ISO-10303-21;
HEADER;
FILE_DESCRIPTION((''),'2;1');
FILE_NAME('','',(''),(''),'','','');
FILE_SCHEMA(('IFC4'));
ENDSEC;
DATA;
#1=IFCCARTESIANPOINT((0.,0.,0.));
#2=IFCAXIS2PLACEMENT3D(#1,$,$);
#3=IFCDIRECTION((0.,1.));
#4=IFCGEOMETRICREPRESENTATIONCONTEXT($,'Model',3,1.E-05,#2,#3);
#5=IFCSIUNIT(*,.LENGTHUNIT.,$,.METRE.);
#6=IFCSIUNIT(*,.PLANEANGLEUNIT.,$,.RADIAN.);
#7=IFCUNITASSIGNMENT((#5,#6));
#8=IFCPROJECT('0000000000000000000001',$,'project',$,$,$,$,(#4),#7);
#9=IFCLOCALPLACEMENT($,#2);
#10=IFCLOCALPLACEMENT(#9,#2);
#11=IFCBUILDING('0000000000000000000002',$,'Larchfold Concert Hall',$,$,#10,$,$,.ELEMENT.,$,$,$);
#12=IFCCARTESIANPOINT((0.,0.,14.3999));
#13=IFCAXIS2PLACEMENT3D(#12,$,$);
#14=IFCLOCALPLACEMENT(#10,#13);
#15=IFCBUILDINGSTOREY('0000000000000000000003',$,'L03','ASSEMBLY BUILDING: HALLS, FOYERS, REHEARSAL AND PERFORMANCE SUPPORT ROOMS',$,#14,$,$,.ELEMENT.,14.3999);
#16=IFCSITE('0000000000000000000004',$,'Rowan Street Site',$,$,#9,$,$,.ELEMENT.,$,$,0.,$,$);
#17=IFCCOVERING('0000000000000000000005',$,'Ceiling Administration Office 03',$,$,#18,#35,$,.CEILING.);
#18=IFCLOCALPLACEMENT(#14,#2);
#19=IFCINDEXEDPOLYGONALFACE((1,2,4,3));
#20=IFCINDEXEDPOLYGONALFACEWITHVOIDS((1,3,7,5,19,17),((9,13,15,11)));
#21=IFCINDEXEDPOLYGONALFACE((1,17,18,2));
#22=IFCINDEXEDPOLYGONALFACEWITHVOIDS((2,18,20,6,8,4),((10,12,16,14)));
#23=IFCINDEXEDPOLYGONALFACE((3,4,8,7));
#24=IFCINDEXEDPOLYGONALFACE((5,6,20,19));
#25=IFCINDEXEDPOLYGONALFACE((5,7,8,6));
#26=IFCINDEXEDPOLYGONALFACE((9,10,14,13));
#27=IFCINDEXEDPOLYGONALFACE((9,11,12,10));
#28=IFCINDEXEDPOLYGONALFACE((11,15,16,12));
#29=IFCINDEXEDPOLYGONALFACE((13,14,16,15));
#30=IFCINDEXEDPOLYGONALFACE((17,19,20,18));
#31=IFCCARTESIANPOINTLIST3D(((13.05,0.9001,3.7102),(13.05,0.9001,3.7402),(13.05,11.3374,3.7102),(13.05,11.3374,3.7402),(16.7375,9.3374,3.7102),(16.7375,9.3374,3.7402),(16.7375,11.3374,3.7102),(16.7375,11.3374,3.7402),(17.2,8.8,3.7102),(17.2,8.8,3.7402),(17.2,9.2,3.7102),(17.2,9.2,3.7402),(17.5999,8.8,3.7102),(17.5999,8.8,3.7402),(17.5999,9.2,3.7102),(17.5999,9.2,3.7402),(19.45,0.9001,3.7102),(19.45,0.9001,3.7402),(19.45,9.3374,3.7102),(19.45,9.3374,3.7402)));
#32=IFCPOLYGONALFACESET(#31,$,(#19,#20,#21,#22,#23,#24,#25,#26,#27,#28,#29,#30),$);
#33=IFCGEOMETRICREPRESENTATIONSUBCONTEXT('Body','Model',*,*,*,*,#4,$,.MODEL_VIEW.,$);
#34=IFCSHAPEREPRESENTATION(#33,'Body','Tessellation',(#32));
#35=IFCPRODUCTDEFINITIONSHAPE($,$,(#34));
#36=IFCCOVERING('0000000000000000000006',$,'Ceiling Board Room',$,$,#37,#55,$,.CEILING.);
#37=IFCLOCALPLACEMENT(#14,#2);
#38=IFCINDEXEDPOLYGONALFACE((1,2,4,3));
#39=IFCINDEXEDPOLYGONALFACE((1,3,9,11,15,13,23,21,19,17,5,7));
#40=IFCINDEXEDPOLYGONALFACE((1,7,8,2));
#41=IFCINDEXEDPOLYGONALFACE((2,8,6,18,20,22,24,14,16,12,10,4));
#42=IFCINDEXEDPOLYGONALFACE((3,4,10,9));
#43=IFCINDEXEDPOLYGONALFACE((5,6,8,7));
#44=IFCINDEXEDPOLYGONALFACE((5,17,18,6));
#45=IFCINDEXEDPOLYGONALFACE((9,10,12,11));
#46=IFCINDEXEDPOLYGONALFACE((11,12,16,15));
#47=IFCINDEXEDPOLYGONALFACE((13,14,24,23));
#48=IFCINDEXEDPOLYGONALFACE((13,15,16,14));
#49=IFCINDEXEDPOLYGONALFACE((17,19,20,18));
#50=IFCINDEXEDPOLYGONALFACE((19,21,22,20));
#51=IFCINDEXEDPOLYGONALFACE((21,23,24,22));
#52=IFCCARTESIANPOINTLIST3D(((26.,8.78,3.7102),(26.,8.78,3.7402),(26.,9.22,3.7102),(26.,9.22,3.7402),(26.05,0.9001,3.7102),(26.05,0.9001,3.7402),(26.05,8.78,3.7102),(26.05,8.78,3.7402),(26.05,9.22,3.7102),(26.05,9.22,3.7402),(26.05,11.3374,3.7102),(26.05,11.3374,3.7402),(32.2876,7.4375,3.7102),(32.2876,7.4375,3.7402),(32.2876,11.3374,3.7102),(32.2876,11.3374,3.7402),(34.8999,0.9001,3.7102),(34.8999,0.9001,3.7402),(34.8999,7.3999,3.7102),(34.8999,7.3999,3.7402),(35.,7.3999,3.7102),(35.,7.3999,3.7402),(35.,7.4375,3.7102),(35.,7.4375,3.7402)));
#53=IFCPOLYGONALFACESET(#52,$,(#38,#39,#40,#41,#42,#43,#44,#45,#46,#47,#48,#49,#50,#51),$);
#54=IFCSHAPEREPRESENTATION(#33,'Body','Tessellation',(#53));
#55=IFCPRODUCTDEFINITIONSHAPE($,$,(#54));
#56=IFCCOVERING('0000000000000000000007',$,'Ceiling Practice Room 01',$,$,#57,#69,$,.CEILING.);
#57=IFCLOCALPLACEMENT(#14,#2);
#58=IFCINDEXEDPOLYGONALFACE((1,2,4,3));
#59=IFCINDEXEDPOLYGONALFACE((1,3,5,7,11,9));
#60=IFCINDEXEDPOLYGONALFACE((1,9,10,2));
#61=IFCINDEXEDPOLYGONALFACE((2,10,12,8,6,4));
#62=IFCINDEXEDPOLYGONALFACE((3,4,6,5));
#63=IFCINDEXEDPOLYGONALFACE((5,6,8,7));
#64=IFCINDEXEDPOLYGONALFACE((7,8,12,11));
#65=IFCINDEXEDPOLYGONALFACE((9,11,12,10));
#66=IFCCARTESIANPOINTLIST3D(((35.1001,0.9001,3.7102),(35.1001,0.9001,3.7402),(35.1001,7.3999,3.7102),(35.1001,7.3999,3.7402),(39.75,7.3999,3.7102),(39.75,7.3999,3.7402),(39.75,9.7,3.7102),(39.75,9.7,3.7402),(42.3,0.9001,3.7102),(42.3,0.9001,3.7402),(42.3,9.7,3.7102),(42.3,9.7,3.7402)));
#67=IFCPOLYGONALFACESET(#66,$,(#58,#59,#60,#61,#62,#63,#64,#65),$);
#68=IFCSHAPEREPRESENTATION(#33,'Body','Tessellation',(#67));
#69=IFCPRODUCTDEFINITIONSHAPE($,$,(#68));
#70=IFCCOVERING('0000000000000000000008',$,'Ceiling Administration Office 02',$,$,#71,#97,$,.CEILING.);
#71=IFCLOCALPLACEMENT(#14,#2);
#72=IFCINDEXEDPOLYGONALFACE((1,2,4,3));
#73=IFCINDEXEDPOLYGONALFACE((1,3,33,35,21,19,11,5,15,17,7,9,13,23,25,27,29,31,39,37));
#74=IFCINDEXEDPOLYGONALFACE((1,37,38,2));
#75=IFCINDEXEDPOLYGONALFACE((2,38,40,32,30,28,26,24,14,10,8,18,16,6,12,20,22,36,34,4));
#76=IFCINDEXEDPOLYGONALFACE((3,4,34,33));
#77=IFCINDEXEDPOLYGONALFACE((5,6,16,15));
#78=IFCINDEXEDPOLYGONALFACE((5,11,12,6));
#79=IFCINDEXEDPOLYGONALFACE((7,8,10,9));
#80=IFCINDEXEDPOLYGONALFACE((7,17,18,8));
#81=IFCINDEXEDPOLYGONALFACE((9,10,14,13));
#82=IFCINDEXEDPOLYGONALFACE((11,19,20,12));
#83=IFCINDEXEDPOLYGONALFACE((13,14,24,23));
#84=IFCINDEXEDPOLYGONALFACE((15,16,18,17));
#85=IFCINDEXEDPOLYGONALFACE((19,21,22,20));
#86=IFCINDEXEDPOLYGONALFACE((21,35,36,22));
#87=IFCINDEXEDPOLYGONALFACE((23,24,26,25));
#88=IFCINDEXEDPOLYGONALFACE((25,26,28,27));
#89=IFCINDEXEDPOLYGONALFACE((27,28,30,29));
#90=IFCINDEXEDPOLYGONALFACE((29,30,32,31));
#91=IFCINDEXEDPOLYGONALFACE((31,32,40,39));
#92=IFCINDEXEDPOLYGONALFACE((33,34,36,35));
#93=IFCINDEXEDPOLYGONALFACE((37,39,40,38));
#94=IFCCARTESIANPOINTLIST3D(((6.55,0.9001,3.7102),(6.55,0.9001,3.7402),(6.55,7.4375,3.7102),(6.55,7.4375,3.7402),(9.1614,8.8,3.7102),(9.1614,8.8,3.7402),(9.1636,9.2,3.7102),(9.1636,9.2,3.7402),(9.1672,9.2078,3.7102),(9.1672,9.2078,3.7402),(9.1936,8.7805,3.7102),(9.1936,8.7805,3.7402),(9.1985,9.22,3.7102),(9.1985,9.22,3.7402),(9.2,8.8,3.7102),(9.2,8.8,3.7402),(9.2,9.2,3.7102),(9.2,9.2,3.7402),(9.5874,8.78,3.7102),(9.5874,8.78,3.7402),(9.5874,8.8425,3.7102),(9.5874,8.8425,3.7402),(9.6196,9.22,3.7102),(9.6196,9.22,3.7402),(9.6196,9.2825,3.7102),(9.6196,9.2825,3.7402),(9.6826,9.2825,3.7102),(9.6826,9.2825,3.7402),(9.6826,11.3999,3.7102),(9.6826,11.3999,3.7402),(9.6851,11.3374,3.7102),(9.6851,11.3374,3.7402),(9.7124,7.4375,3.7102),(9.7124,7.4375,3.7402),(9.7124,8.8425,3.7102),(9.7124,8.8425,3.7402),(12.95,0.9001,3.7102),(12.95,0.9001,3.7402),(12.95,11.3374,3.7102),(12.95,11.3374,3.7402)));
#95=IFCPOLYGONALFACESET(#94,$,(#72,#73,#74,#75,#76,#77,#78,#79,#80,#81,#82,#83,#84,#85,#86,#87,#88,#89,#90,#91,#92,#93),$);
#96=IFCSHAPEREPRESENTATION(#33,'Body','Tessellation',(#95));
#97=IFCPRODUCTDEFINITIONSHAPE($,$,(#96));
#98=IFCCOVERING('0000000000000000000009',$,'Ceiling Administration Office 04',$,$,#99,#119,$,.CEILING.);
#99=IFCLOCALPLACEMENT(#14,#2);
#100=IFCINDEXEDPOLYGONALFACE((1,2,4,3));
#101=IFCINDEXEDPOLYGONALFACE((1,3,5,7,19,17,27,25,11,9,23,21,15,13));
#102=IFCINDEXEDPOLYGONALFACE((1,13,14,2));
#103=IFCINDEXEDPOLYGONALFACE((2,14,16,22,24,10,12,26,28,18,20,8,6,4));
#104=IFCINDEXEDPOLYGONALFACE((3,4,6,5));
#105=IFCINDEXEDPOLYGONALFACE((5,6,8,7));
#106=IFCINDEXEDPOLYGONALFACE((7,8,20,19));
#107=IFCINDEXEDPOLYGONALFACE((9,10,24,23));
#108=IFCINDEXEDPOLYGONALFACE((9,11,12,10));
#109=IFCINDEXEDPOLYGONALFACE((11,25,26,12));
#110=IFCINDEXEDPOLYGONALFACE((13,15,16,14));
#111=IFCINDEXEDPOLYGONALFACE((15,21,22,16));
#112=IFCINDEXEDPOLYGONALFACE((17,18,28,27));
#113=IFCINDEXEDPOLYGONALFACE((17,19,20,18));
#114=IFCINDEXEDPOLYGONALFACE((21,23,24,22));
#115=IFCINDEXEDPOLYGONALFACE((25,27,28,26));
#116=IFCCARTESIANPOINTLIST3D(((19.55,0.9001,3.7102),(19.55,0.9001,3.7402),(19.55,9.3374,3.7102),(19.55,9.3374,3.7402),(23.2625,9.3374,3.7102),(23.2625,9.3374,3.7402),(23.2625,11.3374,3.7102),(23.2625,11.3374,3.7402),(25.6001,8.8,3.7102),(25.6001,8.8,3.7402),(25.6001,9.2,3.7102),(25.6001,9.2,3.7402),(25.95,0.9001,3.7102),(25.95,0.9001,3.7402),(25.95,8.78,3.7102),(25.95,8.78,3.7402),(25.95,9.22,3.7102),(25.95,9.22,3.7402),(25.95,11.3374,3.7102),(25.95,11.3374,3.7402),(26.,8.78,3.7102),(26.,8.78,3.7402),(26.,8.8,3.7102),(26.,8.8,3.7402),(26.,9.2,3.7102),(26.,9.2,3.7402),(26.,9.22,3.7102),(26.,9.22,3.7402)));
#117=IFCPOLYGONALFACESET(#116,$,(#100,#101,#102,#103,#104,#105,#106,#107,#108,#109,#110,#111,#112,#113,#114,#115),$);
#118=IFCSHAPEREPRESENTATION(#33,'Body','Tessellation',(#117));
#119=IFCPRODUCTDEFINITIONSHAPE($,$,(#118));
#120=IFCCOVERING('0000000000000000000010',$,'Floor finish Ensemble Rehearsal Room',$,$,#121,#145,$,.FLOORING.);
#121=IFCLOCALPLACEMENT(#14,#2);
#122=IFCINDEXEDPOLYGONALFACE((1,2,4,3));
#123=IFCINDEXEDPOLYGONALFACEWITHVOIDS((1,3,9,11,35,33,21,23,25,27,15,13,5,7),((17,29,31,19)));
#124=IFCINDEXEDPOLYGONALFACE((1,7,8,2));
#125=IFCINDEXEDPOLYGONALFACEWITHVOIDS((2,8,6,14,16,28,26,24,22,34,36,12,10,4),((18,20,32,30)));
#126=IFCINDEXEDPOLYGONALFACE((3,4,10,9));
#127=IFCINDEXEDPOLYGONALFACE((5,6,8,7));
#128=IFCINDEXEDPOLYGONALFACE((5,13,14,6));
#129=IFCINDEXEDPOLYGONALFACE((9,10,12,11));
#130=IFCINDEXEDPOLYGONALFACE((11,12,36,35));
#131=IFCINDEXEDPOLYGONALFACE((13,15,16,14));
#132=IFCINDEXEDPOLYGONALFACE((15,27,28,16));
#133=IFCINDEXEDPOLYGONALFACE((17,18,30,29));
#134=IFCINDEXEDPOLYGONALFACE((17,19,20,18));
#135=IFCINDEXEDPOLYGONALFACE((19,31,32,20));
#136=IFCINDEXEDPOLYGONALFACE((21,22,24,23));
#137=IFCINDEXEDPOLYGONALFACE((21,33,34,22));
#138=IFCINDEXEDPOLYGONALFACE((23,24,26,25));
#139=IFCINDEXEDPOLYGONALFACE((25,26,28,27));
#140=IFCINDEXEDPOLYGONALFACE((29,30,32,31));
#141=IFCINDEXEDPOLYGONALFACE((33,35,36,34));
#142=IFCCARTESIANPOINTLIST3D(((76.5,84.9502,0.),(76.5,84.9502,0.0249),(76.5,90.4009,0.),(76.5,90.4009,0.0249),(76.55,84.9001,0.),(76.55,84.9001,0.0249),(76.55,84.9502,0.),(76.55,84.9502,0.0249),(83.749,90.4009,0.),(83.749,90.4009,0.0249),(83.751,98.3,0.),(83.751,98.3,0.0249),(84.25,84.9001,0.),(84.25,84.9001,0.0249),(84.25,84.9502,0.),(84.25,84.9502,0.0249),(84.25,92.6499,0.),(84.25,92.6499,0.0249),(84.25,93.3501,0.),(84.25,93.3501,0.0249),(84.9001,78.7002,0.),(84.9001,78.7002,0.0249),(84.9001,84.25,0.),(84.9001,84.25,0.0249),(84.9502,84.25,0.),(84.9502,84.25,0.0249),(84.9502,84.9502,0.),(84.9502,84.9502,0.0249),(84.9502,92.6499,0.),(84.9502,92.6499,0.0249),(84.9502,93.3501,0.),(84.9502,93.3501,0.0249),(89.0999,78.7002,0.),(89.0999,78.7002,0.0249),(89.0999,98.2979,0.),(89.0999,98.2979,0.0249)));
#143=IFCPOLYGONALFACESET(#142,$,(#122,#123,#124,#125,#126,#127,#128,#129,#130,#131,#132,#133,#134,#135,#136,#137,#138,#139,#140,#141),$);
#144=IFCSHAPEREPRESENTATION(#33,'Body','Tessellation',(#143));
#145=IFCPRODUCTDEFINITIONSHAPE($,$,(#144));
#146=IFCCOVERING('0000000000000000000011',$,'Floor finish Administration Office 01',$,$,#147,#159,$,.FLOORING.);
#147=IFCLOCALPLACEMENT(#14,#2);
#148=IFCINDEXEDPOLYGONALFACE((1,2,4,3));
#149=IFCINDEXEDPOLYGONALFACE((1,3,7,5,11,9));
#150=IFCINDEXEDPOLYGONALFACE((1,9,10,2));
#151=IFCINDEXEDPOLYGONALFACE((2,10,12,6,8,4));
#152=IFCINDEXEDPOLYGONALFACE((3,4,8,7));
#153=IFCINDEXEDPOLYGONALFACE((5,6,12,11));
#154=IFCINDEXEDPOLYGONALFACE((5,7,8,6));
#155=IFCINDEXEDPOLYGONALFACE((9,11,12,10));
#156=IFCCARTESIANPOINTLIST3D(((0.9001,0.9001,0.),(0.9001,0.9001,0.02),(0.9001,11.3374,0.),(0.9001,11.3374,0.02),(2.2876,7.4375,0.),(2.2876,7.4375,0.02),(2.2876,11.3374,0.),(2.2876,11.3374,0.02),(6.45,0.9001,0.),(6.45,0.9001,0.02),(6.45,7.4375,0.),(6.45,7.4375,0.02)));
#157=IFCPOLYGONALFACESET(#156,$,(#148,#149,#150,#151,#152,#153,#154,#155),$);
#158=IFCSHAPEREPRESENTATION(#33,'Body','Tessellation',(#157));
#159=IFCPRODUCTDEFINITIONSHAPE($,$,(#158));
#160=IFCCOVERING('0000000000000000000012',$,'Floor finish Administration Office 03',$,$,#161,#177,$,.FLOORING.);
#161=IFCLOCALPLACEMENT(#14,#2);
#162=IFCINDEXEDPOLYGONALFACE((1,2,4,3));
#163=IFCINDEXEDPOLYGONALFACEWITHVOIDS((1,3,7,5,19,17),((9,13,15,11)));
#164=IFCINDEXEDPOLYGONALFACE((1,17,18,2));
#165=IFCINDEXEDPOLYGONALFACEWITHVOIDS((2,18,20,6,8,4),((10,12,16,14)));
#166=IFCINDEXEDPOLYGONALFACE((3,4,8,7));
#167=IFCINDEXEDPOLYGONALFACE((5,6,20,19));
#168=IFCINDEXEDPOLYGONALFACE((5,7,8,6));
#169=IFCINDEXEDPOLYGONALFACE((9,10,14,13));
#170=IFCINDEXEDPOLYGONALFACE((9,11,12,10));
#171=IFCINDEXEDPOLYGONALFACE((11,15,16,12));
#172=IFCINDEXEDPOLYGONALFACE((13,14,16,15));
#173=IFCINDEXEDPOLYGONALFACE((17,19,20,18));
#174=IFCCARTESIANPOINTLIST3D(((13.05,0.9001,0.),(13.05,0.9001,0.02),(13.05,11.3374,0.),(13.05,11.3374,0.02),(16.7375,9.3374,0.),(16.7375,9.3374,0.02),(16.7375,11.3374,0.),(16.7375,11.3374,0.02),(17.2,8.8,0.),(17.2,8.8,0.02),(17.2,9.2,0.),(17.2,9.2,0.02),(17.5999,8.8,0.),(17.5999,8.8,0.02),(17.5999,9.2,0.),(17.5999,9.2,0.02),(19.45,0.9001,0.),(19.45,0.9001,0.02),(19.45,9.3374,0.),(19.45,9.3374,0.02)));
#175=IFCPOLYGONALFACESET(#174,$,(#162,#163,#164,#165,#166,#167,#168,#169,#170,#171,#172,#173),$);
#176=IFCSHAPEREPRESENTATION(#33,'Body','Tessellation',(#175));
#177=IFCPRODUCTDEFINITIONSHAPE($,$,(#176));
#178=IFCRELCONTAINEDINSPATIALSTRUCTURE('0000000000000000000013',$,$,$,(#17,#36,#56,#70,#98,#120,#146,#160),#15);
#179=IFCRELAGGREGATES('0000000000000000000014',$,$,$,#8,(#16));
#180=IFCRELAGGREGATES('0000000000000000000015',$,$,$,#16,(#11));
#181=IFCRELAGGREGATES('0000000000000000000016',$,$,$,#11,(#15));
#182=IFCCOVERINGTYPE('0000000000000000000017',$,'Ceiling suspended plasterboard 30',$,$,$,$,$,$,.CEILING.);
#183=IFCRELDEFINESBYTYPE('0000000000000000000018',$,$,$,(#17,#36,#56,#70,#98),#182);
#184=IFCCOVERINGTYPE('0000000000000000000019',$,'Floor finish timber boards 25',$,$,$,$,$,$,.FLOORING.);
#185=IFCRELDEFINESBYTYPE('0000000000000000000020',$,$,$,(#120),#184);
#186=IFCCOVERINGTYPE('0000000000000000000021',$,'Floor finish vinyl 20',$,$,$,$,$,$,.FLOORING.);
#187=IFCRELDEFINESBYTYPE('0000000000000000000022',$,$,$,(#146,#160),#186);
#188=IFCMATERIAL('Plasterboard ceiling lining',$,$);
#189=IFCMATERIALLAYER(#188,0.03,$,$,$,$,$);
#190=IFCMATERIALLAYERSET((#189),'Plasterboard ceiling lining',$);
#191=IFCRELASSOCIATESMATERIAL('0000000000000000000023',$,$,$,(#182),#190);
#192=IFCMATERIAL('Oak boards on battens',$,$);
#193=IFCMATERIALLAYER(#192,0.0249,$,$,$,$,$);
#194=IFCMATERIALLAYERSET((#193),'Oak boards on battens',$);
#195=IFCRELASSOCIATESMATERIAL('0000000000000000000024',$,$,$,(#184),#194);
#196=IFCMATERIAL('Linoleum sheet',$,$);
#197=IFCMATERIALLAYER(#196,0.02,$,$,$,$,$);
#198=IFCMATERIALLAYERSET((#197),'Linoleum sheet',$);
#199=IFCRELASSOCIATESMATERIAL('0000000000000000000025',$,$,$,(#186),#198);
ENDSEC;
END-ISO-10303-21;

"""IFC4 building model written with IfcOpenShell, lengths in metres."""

from ifc_helpers import new_model, si_unit, direction, frame, origin, place, context, subcontext, project, spatial, polyline, outline, extrude, material, layer, layer_set, type_object, element, save


model = new_model("IFC4")

# Units and contexts
model_context = context("Model", 3, precision=1e-05, world=origin(), true_north=direction((0.0, 1.0)))
body_context = subcontext(model_context, "Body", "Model", "MODEL_VIEW")
ifc_project = project(units=[si_unit("LENGTHUNIT", "METRE"), si_unit("PLANEANGLEUNIT", "RADIAN")], contexts=[model_context])

# Site, building, storey
site_placement = place(None, origin())
site = spatial("IfcSite", under=ifc_project, at=site_placement, Name="Rowan Street Site", CompositionType="ELEMENT", RefElevation=0.0)
building_placement = place(site_placement, origin())
building = spatial("IfcBuilding", under=site, at=building_placement, Name="Larchfold Concert Hall", CompositionType="ELEMENT")
storey_placement = place(building_placement, frame((0.0, 0.0, 14.3999)))
storey = spatial("IfcBuildingStorey", under=building, at=storey_placement, Name="L03", Description="ASSEMBLY BUILDING: HALLS, FOYERS, REHEARSAL AND PERFORMANCE SUPPORT ROOMS", CompositionType="ELEMENT", Elevation=14.3999)

# Coverings
ifc_material_1 = material(Name="Plasterboard ceiling lining")
ifc_layer_1 = layer(ifc_material_1, 0.03)
ifc_layer_set_1 = layer_set([ifc_layer_1], Name="Plasterboard ceiling lining")
covering_type_1 = type_object("IfcCoveringType", Name="Ceiling suspended plasterboard 30", PredefinedType="CEILING", material=ifc_layer_set_1)
covering_1_placement = place(storey_placement, frame((0.0, 0.0, 3.7102)))
element("IfcCovering", 1, at=covering_1_placement, inside=storey, type_object=covering_type_1, Name="Ceiling Administration Office 03", PredefinedType="CEILING", context=body_context, shape_type="SweptSolid", body=[
    extrude(outline(polyline([(13.05, 0.9001), (19.45, 0.9001), (19.45, 9.3374), (16.7375, 9.3374), (16.7375, 11.3374), (13.05, 11.3374), (13.05, 0.9001)]), holes=[polyline([(17.5999, 9.2), (17.5999, 8.8), (17.2, 8.8), (17.2, 9.2), (17.5999, 9.2)])]), origin(), (0.0, 0.0, 1.0), 0.03),
])
covering_2_placement = place(storey_placement, frame((0.0, 0.0, 3.7102)))
element("IfcCovering", 2, at=covering_2_placement, inside=storey, type_object=covering_type_1, Name="Ceiling Board Room", PredefinedType="CEILING", context=body_context, shape_type="SweptSolid", body=[
    extrude(outline(polyline([(26.0, 8.78), (26.05, 8.78), (26.05, 0.9001), (34.8999, 0.9001), (34.8999, 7.3999), (35.0, 7.3999), (35.0, 7.4375), (32.2876, 7.4375), (32.2876, 11.3374), (26.05, 11.3374), (26.05, 9.22), (26.0, 9.22), (26.0, 8.78)])), origin(), (0.0, 0.0, 1.0), 0.03),
])
covering_3_placement = place(storey_placement, frame((0.0, 0.0, 3.7102)))
element("IfcCovering", 3, at=covering_3_placement, inside=storey, type_object=covering_type_1, Name="Ceiling Practice Room 01", PredefinedType="CEILING", context=body_context, shape_type="SweptSolid", body=[
    extrude(outline(polyline([(35.1001, 7.3999), (35.1001, 0.9001), (42.3, 0.9001), (42.3, 9.7), (39.75, 9.7), (39.75, 7.3999), (35.1001, 7.3999)])), origin(), (0.0, 0.0, 1.0), 0.03),
])
covering_4_placement = place(storey_placement, frame((0.0, 0.0, 3.7102)))
element("IfcCovering", 4, at=covering_4_placement, inside=storey, type_object=covering_type_1, Name="Ceiling Administration Office 02", PredefinedType="CEILING", context=body_context, shape_type="SweptSolid", body=[
    extrude(outline(polyline([(6.55, 0.9001), (12.95, 0.9001), (12.95, 11.3374), (9.6851, 11.3374), (9.6826, 11.3999), (9.6826, 9.2825), (9.6196, 9.2825), (9.6196, 9.22), (9.1985, 9.22), (9.1672, 9.2078), (9.1636, 9.2), (9.2, 9.2), (9.2, 8.8), (9.1614, 8.8), (9.1936, 8.7805), (9.5874, 8.78), (9.5874, 8.8425), (9.7124, 8.8425), (9.7124, 7.4375), (6.55, 7.4375), (6.55, 0.9001)])), origin(), (0.0, 0.0, 1.0), 0.03),
])
covering_5_placement = place(storey_placement, frame((0.0, 0.0, 3.7102)))
element("IfcCovering", 5, at=covering_5_placement, inside=storey, type_object=covering_type_1, Name="Ceiling Administration Office 04", PredefinedType="CEILING", context=body_context, shape_type="SweptSolid", body=[
    extrude(outline(polyline([(26.0, 9.2), (26.0, 9.22), (25.95, 9.22), (25.95, 11.3374), (23.2625, 11.3374), (23.2625, 9.3374), (19.55, 9.3374), (19.55, 0.9001), (25.95, 0.9001), (25.95, 8.78), (26.0, 8.78), (26.0, 8.8), (25.6001, 8.8), (25.6001, 9.2), (26.0, 9.2)])), origin(), (0.0, 0.0, 1.0), 0.03),
])
ifc_material_2 = material(Name="Oak boards on battens")
ifc_layer_2 = layer(ifc_material_2, 0.0249)
ifc_layer_set_2 = layer_set([ifc_layer_2], Name="Oak boards on battens")
covering_type_2 = type_object("IfcCoveringType", Name="Floor finish timber boards 25", PredefinedType="FLOORING", material=ifc_layer_set_2)
covering_6_placement = place(storey_placement, origin())
element("IfcCovering", 6, at=covering_6_placement, inside=storey, type_object=covering_type_2, Name="Floor finish Ensemble Rehearsal Room", PredefinedType="FLOORING", context=body_context, shape_type="SweptSolid", body=[
    extrude(outline(polyline([(83.751, 98.3), (83.749, 90.4009), (76.5, 90.4009), (76.5, 84.9502), (76.55, 84.9502), (76.55, 84.9001), (84.25, 84.9001), (84.25, 84.9502), (84.9502, 84.9502), (84.9502, 84.25), (84.9001, 84.25), (84.9001, 78.7002), (89.0999, 78.7002), (89.0999, 98.2979), (83.751, 98.3)]), holes=[polyline([(84.25, 92.6499), (84.25, 93.3501), (84.9502, 93.3501), (84.9502, 92.6499), (84.25, 92.6499)])]), origin(), (0.0, 0.0, 1.0), 0.0249),
])
ifc_material_3 = material(Name="Linoleum sheet")
ifc_layer_3 = layer(ifc_material_3, 0.02)
ifc_layer_set_3 = layer_set([ifc_layer_3], Name="Linoleum sheet")
covering_type_3 = type_object("IfcCoveringType", Name="Floor finish vinyl 20", PredefinedType="FLOORING", material=ifc_layer_set_3)
covering_7_placement = place(storey_placement, origin())
element("IfcCovering", 7, at=covering_7_placement, inside=storey, type_object=covering_type_3, Name="Floor finish Administration Office 01", PredefinedType="FLOORING", context=body_context, shape_type="SweptSolid", body=[
    extrude(outline(polyline([(0.9001, 0.9001), (6.45, 0.9001), (6.45, 7.4375), (2.2876, 7.4375), (2.2876, 11.3374), (0.9001, 11.3374), (0.9001, 0.9001)])), origin(), (0.0, 0.0, 1.0), 0.02),
])
covering_8_placement = place(storey_placement, origin())
element("IfcCovering", 8, at=covering_8_placement, inside=storey, type_object=covering_type_3, Name="Floor finish Administration Office 03", PredefinedType="FLOORING", context=body_context, shape_type="SweptSolid", body=[
    extrude(outline(polyline([(13.05, 0.9001), (19.45, 0.9001), (19.45, 9.3374), (16.7375, 9.3374), (16.7375, 11.3374), (13.05, 11.3374), (13.05, 0.9001)]), holes=[polyline([(17.5999, 9.2), (17.5999, 8.8), (17.2, 8.8), (17.2, 9.2), (17.5999, 9.2)])]), origin(), (0.0, 0.0, 1.0), 0.02),
])

save(model, "model.ifc")
